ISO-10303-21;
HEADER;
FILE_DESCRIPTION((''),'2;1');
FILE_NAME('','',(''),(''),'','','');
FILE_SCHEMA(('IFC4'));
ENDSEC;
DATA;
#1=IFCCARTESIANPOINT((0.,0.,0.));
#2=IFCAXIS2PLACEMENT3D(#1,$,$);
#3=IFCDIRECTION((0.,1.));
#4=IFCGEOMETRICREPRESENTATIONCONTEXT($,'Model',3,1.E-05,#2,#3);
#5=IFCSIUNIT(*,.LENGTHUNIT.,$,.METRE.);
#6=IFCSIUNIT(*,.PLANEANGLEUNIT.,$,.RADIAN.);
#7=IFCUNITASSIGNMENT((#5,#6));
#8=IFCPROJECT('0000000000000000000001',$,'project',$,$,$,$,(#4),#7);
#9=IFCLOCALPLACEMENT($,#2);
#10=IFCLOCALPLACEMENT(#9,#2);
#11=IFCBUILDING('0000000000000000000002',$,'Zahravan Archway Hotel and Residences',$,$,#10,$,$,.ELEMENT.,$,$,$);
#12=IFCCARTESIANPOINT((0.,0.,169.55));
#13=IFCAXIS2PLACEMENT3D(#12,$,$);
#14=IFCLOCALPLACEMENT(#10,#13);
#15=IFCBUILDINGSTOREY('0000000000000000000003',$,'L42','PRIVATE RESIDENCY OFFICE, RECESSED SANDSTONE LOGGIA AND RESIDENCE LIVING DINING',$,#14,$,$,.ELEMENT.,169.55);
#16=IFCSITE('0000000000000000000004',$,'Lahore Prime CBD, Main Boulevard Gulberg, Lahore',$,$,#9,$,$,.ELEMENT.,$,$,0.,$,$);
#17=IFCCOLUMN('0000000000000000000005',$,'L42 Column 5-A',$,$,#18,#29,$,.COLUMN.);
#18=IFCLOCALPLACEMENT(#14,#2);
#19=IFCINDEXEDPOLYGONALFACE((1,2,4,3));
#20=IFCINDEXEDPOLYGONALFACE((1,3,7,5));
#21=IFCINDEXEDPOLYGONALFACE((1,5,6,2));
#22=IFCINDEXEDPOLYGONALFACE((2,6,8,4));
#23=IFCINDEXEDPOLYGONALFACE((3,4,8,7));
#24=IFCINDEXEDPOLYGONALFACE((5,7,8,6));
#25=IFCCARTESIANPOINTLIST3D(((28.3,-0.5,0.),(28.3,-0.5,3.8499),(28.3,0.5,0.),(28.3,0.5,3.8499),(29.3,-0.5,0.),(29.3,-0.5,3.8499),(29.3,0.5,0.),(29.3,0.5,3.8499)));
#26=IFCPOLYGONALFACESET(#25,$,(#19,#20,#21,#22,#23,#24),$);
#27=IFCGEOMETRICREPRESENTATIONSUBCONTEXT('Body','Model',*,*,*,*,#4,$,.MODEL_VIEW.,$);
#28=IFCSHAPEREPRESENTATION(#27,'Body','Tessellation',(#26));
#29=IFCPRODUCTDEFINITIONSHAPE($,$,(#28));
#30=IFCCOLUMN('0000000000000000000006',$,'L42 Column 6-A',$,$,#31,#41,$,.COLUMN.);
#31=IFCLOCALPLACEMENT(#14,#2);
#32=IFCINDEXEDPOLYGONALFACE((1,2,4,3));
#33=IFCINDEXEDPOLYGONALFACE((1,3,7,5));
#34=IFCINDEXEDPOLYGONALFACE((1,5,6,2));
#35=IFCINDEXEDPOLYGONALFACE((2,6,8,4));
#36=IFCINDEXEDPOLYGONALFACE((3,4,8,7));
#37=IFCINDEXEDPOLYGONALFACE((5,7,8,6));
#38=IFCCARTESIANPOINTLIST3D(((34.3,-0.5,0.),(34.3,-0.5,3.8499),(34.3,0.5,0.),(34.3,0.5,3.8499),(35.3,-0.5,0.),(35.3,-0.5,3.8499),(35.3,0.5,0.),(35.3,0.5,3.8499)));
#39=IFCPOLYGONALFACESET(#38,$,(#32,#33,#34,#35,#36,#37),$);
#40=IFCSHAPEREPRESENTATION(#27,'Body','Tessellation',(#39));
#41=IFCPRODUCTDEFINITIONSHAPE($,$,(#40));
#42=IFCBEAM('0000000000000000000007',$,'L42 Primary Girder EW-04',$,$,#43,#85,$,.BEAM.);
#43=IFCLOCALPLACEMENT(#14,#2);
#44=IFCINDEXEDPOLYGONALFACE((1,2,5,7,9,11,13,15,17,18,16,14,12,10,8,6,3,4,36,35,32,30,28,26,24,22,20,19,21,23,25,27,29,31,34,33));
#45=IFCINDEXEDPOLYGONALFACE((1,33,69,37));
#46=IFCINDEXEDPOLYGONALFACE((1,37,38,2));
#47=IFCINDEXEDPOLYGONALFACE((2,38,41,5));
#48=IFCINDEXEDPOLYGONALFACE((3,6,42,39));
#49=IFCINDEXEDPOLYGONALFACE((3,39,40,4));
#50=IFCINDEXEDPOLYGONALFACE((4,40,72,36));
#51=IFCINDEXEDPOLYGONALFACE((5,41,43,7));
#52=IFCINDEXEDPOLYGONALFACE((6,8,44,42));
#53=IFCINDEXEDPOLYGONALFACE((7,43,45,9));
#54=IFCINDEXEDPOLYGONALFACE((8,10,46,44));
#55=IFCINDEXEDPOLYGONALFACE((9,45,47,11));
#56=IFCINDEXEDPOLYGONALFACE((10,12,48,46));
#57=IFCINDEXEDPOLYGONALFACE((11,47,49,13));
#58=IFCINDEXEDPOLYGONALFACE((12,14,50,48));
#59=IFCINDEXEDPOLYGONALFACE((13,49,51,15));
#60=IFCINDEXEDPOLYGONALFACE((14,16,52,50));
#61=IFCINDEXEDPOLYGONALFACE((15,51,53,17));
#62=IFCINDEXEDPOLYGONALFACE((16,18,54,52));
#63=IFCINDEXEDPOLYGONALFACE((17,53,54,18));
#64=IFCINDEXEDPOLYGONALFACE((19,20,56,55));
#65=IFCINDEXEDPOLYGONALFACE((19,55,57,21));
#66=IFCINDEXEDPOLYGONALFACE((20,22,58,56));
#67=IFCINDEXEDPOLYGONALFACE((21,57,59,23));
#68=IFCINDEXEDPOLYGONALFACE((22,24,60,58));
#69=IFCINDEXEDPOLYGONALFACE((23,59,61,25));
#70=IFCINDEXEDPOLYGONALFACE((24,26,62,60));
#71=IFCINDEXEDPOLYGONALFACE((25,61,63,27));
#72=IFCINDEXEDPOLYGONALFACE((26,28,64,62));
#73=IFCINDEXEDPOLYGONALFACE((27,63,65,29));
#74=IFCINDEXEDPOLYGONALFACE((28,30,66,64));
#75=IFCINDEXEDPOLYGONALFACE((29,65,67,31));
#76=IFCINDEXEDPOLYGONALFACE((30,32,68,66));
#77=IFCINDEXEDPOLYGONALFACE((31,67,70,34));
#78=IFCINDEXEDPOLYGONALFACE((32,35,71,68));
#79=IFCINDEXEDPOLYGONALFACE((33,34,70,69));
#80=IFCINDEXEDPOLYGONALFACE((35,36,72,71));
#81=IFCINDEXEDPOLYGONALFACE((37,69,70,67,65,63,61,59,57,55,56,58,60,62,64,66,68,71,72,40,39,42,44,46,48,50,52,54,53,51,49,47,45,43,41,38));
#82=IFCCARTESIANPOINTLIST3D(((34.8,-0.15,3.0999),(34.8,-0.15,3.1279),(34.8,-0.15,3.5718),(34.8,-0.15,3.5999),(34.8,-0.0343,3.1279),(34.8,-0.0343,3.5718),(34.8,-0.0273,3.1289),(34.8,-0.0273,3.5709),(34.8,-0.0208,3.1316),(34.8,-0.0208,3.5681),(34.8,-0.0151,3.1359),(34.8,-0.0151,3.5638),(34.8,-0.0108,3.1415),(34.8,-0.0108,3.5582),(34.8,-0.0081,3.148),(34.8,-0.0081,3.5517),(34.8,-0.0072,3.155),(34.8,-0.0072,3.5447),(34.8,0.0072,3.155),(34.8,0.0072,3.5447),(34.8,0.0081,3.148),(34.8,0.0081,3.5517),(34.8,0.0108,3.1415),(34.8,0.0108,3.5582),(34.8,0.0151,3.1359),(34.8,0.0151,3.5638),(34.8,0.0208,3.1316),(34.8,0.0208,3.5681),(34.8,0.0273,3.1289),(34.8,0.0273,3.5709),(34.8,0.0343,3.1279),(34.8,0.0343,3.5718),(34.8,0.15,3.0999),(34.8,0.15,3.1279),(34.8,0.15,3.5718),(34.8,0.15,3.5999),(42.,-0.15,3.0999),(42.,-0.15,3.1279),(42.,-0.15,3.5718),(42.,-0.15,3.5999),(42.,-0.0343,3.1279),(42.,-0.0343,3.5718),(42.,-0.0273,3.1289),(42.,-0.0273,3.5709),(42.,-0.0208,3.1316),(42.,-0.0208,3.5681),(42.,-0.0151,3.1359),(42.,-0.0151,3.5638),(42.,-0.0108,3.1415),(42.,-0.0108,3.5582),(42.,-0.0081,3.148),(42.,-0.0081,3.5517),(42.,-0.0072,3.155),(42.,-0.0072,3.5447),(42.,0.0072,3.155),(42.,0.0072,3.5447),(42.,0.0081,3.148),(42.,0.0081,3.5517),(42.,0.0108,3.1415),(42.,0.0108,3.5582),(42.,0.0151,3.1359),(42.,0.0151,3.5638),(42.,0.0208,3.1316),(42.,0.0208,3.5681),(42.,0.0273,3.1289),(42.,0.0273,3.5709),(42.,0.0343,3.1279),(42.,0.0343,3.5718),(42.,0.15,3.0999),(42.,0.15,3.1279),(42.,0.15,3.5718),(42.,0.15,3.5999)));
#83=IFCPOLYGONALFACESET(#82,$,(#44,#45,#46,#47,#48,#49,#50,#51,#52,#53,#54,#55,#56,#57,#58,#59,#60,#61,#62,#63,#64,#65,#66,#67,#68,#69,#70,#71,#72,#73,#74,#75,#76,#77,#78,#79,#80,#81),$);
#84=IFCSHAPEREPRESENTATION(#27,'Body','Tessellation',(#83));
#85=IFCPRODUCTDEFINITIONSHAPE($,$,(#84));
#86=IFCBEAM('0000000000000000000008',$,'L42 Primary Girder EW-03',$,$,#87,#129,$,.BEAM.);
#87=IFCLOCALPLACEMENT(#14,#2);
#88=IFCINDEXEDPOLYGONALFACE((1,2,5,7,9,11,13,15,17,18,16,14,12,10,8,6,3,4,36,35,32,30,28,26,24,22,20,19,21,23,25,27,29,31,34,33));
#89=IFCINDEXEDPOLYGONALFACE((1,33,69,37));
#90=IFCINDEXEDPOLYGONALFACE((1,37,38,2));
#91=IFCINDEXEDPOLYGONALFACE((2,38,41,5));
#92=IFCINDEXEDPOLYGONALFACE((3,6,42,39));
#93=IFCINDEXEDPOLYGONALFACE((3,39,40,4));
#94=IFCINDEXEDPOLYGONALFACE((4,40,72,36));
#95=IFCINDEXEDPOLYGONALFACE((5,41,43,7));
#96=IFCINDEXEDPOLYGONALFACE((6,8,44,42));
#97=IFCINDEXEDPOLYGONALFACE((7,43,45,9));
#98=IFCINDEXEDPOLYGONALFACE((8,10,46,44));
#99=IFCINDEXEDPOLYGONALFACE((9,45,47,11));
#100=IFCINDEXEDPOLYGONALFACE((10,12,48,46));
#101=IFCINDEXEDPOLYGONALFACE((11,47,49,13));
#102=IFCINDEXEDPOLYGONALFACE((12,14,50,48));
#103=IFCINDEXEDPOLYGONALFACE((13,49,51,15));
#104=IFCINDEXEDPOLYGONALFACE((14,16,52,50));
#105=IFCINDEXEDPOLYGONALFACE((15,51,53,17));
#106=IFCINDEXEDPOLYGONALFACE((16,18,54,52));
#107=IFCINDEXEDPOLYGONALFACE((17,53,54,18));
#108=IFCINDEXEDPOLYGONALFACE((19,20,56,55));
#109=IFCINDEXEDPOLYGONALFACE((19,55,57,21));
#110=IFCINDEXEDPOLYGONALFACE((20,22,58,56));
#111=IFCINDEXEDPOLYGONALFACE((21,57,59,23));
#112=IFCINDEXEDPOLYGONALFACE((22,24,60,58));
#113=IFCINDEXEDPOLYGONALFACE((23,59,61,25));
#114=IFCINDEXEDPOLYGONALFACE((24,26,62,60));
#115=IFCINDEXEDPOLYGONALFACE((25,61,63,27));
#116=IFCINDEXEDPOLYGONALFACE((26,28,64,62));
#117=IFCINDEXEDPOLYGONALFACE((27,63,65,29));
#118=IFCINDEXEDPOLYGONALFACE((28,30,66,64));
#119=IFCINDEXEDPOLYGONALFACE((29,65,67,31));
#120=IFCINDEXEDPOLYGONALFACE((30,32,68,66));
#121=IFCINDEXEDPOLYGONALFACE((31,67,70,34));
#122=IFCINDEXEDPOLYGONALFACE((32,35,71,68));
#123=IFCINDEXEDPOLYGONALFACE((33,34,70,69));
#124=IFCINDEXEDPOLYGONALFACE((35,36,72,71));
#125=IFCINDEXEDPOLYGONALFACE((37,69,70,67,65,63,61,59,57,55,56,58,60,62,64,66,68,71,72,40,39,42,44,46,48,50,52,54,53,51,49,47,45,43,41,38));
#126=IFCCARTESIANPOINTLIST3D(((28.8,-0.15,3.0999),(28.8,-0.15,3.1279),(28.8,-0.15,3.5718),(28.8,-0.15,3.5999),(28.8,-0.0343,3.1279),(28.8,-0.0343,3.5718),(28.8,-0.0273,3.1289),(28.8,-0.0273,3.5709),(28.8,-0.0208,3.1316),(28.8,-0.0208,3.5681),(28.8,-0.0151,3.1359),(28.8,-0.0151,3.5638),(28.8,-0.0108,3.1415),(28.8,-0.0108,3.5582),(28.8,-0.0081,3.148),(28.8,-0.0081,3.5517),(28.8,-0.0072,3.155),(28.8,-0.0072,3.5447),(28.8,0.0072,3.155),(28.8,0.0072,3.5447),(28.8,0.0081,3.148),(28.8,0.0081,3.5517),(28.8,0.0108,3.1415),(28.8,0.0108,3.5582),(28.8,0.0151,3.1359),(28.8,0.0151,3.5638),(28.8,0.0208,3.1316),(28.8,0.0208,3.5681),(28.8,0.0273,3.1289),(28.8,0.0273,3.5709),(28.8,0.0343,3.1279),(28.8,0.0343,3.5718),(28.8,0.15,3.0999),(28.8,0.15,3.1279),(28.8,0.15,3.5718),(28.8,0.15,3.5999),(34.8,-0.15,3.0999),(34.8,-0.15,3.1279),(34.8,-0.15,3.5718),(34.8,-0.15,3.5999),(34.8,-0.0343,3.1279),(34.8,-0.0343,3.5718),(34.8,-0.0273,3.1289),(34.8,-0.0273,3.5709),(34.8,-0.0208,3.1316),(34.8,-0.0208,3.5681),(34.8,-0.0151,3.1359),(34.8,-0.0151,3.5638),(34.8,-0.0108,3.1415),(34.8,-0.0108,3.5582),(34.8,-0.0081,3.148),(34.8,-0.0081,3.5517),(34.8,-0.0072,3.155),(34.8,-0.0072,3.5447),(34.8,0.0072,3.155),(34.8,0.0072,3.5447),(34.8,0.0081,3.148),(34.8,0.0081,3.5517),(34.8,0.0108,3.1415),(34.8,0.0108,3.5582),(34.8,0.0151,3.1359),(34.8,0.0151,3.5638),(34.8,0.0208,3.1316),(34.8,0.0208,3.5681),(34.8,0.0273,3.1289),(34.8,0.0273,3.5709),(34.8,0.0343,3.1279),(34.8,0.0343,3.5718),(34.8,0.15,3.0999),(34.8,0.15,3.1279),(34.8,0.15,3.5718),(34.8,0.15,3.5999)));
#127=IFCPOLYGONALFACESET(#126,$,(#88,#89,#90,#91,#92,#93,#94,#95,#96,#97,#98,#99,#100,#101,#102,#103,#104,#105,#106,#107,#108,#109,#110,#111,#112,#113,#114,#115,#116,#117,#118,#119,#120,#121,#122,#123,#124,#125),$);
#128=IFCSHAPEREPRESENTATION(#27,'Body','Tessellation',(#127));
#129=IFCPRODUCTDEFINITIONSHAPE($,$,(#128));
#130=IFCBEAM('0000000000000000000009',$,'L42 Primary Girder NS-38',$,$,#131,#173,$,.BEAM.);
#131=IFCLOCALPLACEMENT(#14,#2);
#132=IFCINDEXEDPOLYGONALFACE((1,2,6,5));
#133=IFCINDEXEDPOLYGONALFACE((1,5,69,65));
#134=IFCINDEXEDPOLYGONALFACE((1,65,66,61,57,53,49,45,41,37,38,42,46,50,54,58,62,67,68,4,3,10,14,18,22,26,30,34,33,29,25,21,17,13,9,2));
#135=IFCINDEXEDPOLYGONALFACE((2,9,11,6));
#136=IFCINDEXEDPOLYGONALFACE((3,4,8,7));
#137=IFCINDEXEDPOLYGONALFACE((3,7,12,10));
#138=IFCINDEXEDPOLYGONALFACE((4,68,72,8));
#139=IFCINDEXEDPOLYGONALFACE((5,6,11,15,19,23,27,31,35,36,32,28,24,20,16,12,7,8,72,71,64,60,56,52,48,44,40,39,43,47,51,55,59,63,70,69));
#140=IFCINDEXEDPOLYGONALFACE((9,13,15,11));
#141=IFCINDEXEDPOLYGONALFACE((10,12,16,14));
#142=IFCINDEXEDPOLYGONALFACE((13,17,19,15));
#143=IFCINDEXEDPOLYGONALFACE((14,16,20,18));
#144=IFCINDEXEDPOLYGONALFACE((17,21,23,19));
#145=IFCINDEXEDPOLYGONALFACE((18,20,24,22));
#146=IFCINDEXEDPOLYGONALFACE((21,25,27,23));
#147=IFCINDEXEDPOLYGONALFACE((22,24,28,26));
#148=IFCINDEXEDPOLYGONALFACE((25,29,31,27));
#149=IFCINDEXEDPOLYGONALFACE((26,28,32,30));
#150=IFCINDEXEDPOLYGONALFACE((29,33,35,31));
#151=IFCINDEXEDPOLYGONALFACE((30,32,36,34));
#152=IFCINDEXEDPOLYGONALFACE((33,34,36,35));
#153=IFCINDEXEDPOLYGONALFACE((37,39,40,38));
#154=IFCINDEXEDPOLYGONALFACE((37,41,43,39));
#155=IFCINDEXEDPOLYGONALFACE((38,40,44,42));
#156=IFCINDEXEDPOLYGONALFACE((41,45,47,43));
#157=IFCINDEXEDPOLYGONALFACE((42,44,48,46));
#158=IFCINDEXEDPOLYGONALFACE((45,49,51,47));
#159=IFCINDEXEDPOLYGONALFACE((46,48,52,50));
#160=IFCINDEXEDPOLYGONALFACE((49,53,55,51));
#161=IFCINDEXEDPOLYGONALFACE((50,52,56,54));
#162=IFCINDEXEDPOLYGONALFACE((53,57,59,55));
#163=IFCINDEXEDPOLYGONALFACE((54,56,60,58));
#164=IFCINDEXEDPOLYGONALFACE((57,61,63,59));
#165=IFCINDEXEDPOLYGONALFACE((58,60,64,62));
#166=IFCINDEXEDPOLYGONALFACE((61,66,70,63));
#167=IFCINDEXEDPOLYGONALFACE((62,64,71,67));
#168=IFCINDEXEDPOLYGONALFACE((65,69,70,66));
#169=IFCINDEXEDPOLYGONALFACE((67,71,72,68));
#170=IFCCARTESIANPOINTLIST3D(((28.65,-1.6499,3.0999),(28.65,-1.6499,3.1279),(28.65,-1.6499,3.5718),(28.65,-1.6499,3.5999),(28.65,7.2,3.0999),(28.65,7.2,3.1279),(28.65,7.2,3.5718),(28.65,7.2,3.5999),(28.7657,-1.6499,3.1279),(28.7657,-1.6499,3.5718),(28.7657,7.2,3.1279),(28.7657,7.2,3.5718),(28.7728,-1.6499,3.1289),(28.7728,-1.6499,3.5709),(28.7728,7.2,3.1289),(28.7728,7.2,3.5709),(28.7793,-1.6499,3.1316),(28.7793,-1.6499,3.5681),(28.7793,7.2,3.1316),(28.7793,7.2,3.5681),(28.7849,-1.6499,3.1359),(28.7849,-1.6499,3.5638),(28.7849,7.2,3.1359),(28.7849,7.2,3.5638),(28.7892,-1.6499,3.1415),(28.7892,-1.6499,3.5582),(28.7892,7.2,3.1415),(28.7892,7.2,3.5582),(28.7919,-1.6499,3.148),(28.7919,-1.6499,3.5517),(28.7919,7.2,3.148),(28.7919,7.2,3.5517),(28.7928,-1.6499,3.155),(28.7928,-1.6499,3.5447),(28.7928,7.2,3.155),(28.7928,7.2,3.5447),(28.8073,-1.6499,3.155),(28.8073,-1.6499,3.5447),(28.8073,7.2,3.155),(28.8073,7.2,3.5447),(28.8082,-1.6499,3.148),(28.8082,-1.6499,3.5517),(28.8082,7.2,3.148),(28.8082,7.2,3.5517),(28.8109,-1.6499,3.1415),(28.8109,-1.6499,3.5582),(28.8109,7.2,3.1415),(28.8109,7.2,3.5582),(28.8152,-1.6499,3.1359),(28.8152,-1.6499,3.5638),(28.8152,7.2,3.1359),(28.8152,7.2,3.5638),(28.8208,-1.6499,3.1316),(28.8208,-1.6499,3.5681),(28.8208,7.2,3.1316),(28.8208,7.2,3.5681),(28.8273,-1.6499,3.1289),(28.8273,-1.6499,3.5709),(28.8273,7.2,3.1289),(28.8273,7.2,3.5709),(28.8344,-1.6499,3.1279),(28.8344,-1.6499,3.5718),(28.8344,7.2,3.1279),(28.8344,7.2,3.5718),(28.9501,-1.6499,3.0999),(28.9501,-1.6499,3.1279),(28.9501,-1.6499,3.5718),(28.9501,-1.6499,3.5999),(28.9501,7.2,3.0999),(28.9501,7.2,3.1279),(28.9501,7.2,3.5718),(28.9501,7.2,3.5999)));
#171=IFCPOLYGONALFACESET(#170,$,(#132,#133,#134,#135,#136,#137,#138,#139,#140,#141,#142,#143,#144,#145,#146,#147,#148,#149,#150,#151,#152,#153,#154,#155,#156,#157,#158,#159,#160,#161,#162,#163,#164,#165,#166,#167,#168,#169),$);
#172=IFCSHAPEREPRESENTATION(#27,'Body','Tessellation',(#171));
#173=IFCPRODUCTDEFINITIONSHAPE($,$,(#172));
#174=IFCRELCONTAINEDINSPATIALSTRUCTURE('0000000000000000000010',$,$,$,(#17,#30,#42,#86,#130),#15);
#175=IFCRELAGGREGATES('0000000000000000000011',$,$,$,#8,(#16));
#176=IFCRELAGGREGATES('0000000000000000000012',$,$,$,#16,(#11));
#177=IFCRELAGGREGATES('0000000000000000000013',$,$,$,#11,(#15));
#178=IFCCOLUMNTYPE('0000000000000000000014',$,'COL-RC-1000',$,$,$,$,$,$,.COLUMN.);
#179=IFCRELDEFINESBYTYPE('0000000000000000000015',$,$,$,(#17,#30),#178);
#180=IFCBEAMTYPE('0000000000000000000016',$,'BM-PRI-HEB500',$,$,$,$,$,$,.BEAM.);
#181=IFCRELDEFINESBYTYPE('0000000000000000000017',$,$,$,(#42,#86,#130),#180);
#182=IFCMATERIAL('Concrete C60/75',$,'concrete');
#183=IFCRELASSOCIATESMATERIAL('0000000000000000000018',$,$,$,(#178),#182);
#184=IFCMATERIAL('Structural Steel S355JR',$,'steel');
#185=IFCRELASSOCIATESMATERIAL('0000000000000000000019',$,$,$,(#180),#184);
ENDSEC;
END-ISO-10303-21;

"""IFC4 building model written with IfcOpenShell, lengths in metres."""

from ifc_helpers import new_model, si_unit, direction, frame, origin, origin_2d, place, context, subcontext, project, spatial, rectangle, i_section, extrude, source, transform, mapped, material, material_profile, profile_set, type_object, element, save


model = new_model("IFC4")

# Units and contexts
model_context = context("Model", 3, precision=1e-05, world=origin(), true_north=direction((0.0, 1.0)))
body_context = subcontext(model_context, "Body", "Model", "MODEL_VIEW")
ifc_project = project(units=[si_unit("LENGTHUNIT", "METRE"), si_unit("PLANEANGLEUNIT", "RADIAN")], contexts=[model_context])

# Site, building, storey
site_placement = place(None, origin())
site = spatial("IfcSite", under=ifc_project, at=site_placement, Name="Lahore Prime CBD, Main Boulevard Gulberg, Lahore", CompositionType="ELEMENT", RefElevation=0.0)
building_placement = place(site_placement, origin())
building = spatial("IfcBuilding", under=site, at=building_placement, Name="Zahravan Archway Hotel and Residences", CompositionType="ELEMENT")
storey_placement = place(building_placement, frame((0.0, 0.0, 169.55)))
storey = spatial("IfcBuildingStorey", under=building, at=storey_placement, Name="L42", Description="PRIVATE RESIDENCY OFFICE, RECESSED SANDSTONE LOGGIA AND RESIDENCE LIVING DINING", CompositionType="ELEMENT", Elevation=169.55)

# Columns
ifc_material_1 = material(Name="Concrete C60/75", Category="concrete")
ifc_material_profile_1 = material_profile(ifc_material_1, rectangle(XDim=1.0, YDim=1.0, at=origin_2d()), Name="RC-COL-1000x1000", Category="concrete")
ifc_profile_set_1 = profile_set([ifc_material_profile_1], Name="Concrete C60/75")
column_type = type_object("IfcColumnType", Name="COL-RC-1000", PredefinedType="COLUMN", material=ifc_profile_set_1)
shared_shape_1 = source(origin(), body_context, "Body", "SweptSolid", [
    extrude(rectangle(XDim=1.0, YDim=1.0, at=origin_2d()), origin(), (0.0, 0.0, 1.0), 3.8499),
])
for number, where, z_axis, x_axis, name in (
    (1, (28.8, 0.0, 0.0), (0.0, 0.0, 1.0), (1.0, 0.0, 0.0), "L42 Column 5-A"),
    (2, (34.8, 0.0, 0.0), (0.0, 0.0, 1.0), (1.0, 0.0, 0.0), "L42 Column 6-A"),
):
    element("IfcColumn", number, at=place(storey_placement, frame(where, z_axis=z_axis, x_axis=x_axis)), inside=storey, type_object=column_type, Name=name, PredefinedType="COLUMN", context=body_context, shape_type="MappedRepresentation", body=[
        mapped(shared_shape_1, transform((0.0, 0.0, 0.0), scale=1.0)),
    ])

# Beams
ifc_material_2 = material(Name="Structural Steel S355JR", Category="steel")
ifc_material_profile_2 = material_profile(ifc_material_2, i_section(OverallWidth=0.3, OverallDepth=0.5, WebThickness=0.0144, FlangeThickness=0.0281, FilletRadius=0.0271, at=origin_2d()), Name="HEB 500", Category="steel")
ifc_profile_set_2 = profile_set([ifc_material_profile_2], Name="Structural Steel S355JR")
beam_type_1 = type_object("IfcBeamType", Name="BM-PRI-HEB500", PredefinedType="BEAM", material=ifc_profile_set_2)
shared_shape_2 = source(origin(), body_context, "Body", "SweptSolid", [
    extrude(i_section(OverallWidth=0.3, OverallDepth=0.5, WebThickness=0.0144, FlangeThickness=0.0281, FilletRadius=0.0271, at=origin_2d()), origin(), (0.0, 0.0, 1.0), 7.2),
])
beam_1_placement = place(storey_placement, frame((34.8, 0.0, 3.3499), z_axis=(1.0, 0.0, 0.0), x_axis=(0.0, 1.0, 0.0)))
element("IfcBeam", 3, at=beam_1_placement, inside=storey, type_object=beam_type_1, Name="L42 Primary Girder EW-04", PredefinedType="BEAM", context=body_context, shape_type="MappedRepresentation", body=[
    mapped(shared_shape_2, transform((0.0, 0.0, 0.0), scale=1.0)),
])
shared_shape_3 = source(origin(), body_context, "Body", "SweptSolid", [
    extrude(i_section(OverallWidth=0.3, OverallDepth=0.5, WebThickness=0.0144, FlangeThickness=0.0281, FilletRadius=0.0271, at=origin_2d()), origin(), (0.0, 0.0, 1.0), 6.0),
])
beam_2_placement = place(storey_placement, frame((28.8, 0.0, 3.3499), z_axis=(1.0, 0.0, 0.0), x_axis=(0.0, 1.0, 0.0)))
element("IfcBeam", 4, at=beam_2_placement, inside=storey, type_object=beam_type_1, Name="L42 Primary Girder EW-03", PredefinedType="BEAM", context=body_context, shape_type="MappedRepresentation", body=[
    mapped(shared_shape_3, transform((0.0, 0.0, 0.0), scale=1.0)),
])
shared_shape_4 = source(origin(), body_context, "Body", "SweptSolid", [
    extrude(i_section(OverallWidth=0.3, OverallDepth=0.5, WebThickness=0.0144, FlangeThickness=0.0281, FilletRadius=0.0271, at=origin_2d()), origin(), (0.0, 0.0, 1.0), 8.8499),
])
beam_3_placement = place(storey_placement, frame((28.8, -1.6499, 3.3499), z_axis=(0.0, 1.0, 0.0), x_axis=(-1.0, 0.0, 0.0)))
element("IfcBeam", 5, at=beam_3_placement, inside=storey, type_object=beam_type_1, Name="L42 Primary Girder NS-38", PredefinedType="BEAM", context=body_context, shape_type="MappedRepresentation", body=[
    mapped(shared_shape_4, transform((0.0, 0.0, 0.0), scale=1.0)),
])

save(model, "model.ifc")
